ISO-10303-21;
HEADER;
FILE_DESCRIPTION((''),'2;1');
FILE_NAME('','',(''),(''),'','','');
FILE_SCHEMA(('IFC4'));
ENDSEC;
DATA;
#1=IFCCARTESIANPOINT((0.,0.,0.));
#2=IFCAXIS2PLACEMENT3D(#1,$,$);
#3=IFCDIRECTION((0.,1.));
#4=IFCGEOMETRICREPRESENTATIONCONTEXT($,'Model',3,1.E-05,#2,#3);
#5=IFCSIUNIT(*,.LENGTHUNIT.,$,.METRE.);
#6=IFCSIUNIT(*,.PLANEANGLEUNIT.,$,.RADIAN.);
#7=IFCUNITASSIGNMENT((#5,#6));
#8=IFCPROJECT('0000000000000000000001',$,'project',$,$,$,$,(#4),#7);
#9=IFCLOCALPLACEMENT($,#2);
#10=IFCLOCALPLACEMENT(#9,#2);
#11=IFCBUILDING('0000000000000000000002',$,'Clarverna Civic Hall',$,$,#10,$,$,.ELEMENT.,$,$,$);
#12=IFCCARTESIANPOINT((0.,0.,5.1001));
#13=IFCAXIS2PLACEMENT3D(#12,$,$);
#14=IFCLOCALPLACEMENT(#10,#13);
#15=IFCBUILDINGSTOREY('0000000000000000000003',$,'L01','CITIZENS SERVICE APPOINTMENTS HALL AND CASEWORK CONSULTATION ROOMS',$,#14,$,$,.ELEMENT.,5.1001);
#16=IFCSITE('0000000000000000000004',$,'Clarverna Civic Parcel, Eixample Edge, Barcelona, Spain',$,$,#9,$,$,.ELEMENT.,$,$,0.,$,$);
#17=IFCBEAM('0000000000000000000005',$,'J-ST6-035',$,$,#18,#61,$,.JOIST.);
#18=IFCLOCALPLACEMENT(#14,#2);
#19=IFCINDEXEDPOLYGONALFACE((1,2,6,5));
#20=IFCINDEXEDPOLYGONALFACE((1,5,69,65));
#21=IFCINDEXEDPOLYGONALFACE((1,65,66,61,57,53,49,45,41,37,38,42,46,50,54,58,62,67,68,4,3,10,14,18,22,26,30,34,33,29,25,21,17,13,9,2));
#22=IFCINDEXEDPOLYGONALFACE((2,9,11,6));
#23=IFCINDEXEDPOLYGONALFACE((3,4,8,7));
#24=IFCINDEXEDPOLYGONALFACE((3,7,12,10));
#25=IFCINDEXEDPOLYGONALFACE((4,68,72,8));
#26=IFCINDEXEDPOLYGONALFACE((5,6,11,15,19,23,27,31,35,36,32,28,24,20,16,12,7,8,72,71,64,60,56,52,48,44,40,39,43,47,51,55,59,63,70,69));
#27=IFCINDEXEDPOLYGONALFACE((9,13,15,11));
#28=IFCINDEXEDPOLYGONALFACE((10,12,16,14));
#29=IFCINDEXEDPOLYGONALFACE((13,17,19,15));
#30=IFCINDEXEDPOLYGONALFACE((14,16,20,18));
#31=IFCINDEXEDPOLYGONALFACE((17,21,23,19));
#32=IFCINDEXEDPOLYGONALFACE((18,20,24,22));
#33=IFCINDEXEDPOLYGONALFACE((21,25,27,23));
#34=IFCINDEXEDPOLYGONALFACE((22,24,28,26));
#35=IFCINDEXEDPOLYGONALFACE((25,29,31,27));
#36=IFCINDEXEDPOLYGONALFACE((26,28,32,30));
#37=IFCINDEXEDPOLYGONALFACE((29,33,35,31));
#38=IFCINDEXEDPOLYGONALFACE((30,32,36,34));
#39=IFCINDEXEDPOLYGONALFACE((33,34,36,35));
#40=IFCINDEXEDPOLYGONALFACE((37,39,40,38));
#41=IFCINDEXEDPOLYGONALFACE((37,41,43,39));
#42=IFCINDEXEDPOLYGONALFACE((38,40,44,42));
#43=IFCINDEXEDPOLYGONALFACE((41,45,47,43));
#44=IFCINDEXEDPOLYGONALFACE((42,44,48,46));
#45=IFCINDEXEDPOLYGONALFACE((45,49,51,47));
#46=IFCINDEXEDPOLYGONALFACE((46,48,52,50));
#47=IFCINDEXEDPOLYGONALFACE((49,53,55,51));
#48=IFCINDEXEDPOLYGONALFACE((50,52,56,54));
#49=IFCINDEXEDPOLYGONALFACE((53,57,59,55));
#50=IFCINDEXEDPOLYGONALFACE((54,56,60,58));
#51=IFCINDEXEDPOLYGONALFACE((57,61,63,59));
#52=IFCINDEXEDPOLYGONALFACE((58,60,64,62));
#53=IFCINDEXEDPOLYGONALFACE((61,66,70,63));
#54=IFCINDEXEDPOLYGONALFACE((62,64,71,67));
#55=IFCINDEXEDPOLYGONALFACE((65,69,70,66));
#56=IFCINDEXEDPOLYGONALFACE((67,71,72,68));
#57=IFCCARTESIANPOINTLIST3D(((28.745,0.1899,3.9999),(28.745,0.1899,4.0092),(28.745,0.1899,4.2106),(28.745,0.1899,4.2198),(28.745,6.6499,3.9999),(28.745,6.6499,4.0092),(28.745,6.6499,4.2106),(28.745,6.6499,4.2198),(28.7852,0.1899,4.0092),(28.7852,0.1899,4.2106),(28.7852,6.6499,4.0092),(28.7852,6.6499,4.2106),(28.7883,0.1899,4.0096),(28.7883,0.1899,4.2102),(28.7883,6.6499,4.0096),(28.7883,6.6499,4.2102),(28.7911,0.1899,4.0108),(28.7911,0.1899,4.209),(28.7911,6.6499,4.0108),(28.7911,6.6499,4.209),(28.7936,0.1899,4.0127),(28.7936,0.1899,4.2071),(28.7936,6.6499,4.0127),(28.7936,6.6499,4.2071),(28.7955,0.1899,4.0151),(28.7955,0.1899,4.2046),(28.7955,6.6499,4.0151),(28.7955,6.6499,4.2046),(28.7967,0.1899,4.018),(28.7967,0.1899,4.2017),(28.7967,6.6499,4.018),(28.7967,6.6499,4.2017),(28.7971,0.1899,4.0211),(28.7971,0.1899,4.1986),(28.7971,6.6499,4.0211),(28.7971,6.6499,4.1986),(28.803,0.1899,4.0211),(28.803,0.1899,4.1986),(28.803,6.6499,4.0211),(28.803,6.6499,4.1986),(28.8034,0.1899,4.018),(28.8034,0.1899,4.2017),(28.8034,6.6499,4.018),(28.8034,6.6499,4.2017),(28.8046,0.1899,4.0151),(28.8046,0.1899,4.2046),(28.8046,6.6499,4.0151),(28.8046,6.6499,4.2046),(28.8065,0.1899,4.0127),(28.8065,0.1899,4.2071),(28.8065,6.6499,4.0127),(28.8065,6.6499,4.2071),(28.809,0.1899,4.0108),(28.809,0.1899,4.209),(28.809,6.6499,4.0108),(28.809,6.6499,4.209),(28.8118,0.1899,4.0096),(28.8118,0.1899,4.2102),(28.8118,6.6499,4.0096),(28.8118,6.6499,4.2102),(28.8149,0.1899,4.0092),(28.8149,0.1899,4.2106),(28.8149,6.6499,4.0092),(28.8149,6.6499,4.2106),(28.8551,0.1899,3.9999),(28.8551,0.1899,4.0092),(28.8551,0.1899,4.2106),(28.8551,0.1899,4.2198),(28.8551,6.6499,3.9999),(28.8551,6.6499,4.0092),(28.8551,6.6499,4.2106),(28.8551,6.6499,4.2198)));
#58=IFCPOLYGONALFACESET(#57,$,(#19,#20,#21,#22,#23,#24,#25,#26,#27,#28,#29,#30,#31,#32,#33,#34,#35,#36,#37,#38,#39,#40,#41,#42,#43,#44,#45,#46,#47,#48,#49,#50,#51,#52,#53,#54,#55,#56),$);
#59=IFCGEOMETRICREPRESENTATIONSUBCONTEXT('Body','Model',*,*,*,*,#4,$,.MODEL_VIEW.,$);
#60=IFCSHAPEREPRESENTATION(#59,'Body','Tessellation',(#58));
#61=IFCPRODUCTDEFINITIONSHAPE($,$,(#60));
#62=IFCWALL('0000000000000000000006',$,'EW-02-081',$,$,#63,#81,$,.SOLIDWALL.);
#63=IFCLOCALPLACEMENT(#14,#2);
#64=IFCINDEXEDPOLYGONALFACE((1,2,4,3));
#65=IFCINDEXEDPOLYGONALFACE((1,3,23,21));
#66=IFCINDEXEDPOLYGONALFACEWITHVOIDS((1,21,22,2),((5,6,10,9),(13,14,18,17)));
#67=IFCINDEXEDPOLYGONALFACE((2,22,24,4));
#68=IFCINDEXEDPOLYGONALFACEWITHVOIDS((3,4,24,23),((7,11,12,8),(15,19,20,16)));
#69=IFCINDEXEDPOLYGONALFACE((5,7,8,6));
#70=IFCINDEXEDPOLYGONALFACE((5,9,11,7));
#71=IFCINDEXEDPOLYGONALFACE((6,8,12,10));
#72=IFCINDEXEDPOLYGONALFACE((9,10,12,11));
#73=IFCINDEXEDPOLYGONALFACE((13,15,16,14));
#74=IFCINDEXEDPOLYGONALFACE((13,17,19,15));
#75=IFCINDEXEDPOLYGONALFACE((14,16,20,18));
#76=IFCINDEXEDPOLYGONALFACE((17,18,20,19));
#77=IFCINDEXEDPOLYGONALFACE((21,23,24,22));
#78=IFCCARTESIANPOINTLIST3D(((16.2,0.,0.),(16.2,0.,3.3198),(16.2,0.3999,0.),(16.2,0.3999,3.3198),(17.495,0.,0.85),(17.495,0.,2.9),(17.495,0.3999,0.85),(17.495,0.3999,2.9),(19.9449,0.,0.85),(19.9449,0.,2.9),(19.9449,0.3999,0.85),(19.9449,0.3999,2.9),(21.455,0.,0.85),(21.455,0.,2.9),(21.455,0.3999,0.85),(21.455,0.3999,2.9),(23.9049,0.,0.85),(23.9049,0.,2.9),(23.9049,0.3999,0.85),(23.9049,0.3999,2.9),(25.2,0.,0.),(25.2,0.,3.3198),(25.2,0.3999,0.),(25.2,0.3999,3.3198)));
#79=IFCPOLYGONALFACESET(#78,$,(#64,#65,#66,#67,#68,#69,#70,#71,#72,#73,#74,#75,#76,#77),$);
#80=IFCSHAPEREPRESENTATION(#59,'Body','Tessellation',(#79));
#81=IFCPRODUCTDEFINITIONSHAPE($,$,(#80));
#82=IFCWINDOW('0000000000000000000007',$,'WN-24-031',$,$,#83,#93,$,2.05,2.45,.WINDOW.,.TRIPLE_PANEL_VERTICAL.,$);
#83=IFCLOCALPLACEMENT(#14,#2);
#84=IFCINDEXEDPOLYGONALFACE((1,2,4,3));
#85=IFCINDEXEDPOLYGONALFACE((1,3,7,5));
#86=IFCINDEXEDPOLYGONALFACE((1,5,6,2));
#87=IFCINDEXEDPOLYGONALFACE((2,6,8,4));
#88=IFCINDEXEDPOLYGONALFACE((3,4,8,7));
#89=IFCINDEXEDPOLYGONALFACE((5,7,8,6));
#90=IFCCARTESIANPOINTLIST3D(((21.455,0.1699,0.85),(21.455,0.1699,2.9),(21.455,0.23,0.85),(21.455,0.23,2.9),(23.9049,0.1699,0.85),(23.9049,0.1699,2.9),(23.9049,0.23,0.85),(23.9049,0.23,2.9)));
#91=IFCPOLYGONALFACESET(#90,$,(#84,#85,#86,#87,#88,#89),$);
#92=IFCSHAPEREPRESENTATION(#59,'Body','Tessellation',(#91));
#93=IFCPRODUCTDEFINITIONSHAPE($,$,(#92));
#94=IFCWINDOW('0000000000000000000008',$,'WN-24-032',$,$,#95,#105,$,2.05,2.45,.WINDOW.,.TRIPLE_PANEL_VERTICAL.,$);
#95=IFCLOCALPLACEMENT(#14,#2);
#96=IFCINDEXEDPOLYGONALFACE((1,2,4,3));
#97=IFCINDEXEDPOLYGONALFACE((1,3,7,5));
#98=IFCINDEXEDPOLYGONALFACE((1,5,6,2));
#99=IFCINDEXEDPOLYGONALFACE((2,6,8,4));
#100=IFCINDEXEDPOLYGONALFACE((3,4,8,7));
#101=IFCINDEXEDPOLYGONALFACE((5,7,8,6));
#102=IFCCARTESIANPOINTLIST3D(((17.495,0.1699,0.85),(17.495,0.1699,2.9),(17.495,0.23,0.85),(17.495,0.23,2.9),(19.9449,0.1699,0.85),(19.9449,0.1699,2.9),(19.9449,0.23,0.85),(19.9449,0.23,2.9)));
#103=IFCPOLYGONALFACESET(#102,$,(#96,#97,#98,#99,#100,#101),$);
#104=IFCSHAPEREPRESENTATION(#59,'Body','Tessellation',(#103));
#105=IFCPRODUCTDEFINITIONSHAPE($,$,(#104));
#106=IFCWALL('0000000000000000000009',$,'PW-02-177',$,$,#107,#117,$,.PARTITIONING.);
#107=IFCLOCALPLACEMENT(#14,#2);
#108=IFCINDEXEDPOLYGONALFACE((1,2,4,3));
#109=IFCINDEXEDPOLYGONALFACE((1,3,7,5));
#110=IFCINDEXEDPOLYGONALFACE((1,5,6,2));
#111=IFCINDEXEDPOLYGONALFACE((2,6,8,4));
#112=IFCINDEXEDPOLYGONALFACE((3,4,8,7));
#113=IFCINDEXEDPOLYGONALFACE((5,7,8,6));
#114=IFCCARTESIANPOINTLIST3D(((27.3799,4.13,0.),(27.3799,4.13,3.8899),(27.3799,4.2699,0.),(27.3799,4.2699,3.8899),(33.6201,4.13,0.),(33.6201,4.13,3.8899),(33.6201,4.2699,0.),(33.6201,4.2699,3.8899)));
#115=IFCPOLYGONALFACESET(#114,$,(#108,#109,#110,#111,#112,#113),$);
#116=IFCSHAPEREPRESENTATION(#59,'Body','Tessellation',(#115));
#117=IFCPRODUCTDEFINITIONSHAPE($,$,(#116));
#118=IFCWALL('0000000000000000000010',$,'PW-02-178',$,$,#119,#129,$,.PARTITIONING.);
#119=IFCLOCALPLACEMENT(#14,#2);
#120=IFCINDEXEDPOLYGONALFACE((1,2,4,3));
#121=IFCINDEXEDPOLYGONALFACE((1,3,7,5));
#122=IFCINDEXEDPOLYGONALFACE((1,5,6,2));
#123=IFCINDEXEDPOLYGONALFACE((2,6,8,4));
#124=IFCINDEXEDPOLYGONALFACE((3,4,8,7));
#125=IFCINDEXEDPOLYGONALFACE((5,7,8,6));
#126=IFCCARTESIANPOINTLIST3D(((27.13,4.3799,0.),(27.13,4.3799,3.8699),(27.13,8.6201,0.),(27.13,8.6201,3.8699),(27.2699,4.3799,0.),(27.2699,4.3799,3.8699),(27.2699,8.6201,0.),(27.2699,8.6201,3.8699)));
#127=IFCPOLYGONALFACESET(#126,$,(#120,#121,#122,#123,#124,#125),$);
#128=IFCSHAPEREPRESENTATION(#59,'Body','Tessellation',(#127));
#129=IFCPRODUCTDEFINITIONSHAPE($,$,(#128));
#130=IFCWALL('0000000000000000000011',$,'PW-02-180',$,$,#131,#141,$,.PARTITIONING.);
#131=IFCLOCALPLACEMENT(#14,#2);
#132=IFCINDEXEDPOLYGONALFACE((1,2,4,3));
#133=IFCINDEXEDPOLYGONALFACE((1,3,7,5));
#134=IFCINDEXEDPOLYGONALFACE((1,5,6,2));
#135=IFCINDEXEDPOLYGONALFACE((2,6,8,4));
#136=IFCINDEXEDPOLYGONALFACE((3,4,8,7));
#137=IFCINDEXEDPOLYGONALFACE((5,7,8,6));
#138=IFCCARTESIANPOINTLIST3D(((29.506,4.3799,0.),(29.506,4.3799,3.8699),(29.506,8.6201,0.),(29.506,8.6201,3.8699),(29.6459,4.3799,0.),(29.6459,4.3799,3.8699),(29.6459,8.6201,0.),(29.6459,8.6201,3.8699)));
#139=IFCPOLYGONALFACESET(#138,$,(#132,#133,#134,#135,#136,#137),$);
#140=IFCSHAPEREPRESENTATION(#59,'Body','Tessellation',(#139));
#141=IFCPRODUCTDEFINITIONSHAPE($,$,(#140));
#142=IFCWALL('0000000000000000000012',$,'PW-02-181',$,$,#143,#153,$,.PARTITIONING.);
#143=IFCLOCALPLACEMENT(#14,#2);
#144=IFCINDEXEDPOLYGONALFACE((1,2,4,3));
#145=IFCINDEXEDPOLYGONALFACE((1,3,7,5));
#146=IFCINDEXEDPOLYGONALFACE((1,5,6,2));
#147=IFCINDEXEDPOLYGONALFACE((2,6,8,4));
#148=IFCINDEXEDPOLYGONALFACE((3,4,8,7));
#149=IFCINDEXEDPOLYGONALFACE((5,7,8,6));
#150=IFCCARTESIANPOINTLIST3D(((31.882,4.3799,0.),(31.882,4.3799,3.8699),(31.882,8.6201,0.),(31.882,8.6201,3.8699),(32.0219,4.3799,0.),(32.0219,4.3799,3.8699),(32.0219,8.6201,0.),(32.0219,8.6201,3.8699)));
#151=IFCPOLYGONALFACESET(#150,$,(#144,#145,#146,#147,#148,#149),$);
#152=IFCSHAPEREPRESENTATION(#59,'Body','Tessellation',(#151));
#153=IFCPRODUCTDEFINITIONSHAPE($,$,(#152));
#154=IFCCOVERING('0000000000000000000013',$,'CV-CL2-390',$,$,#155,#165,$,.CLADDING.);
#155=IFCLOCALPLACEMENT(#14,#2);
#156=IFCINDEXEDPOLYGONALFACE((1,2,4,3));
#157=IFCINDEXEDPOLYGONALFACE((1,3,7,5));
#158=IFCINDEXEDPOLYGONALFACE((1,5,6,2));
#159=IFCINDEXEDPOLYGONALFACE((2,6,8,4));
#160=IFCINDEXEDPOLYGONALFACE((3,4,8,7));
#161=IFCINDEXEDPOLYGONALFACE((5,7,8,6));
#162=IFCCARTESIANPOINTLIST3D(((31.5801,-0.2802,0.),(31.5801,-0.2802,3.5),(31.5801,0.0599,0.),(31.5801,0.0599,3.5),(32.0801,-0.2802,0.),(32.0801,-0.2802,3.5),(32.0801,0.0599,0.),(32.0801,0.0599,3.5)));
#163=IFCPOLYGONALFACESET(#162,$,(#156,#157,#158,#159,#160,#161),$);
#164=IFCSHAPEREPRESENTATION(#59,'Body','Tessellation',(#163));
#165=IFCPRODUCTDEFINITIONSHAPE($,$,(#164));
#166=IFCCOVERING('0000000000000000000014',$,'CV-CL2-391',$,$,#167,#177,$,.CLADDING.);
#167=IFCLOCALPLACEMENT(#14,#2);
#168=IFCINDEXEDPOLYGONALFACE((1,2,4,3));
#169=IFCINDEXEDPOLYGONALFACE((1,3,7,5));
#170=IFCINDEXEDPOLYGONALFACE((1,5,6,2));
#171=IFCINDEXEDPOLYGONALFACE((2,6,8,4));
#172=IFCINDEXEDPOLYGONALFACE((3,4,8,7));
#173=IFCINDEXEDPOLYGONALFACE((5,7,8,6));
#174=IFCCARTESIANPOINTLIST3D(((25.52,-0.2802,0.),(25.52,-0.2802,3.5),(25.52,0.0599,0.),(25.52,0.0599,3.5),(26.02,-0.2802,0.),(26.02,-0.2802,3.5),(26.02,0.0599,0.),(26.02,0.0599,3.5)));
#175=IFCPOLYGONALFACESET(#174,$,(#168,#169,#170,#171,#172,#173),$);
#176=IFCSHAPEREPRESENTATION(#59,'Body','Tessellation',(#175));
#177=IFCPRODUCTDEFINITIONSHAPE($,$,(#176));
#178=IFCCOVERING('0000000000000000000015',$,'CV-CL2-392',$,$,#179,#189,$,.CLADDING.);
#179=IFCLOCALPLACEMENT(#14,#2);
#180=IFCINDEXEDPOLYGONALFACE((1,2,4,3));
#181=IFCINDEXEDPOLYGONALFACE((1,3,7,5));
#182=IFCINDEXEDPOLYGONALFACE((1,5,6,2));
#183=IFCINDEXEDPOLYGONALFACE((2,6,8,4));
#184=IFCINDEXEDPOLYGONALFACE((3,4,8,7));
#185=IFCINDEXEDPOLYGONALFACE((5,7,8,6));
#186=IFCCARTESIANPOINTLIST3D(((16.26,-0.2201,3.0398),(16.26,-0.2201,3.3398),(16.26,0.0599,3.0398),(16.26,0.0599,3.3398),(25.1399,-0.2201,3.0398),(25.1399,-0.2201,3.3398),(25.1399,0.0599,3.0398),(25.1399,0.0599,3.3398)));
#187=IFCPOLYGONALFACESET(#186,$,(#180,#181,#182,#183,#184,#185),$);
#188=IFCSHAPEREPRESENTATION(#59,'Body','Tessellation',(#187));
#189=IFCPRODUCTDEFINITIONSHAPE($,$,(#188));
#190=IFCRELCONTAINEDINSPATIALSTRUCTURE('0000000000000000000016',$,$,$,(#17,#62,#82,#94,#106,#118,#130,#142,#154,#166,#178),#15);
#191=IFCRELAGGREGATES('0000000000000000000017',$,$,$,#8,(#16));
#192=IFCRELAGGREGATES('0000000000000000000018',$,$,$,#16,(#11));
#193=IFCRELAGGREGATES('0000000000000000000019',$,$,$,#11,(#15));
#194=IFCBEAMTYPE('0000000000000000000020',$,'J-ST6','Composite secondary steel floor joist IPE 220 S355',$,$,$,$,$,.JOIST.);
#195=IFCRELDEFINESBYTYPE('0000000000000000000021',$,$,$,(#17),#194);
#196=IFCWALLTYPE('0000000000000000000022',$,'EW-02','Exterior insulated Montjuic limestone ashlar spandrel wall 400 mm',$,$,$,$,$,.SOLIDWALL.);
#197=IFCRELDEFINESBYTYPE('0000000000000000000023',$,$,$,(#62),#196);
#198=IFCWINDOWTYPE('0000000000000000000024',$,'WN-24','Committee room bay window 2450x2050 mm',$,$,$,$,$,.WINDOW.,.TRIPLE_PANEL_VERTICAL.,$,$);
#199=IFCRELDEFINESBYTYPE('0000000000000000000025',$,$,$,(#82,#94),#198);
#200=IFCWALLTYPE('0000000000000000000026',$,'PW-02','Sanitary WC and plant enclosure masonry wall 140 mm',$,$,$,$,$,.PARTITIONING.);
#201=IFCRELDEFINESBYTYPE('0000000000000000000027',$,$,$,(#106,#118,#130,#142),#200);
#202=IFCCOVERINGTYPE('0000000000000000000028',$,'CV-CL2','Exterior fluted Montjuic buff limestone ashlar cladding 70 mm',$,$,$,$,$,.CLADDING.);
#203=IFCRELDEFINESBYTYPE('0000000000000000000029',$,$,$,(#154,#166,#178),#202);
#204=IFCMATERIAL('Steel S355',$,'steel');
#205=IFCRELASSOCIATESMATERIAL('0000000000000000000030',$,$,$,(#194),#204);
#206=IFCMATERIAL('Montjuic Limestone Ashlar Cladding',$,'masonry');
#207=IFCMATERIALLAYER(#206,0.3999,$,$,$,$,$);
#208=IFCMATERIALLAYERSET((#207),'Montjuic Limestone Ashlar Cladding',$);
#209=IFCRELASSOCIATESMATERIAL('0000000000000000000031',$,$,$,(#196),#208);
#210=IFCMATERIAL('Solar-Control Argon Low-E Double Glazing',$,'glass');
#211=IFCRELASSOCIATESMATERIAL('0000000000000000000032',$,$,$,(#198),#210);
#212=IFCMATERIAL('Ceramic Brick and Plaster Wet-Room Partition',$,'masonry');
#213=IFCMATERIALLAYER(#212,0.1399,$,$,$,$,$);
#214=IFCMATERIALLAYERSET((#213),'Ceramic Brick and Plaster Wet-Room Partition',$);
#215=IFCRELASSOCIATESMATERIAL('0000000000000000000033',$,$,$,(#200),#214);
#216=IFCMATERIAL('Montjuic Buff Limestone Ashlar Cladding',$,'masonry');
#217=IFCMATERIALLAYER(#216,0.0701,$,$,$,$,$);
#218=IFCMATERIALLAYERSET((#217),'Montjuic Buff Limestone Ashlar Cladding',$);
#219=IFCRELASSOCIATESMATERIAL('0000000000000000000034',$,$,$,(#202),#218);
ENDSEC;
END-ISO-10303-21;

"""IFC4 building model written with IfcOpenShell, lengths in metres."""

from ifc_helpers import new_model, si_unit, direction, frame, frame_2d, origin, origin_2d, place, context, subcontext, project, spatial, rectangle, i_section, extrude, material, layer, layer_set, material_profile, profile_set, type_object, element, fill, save


model = new_model("IFC4")

# Units and contexts
model_context = context("Model", 3, precision=1e-05, world=origin(), true_north=direction((0.0, 1.0)))
body_context = subcontext(model_context, "Body", "Model", "MODEL_VIEW")
ifc_project = project(units=[si_unit("LENGTHUNIT", "METRE"), si_unit("PLANEANGLEUNIT", "RADIAN")], contexts=[model_context])

# Site, building, storey
site_placement = place(None, origin())
site = spatial("IfcSite", under=ifc_project, at=site_placement, Name="Clarverna Civic Parcel, Eixample Edge, Barcelona, Spain", CompositionType="ELEMENT", RefElevation=0.0)
building_placement = place(site_placement, origin())
building = spatial("IfcBuilding", under=site, at=building_placement, Name="Clarverna Civic Hall", CompositionType="ELEMENT")
storey_placement = place(building_placement, frame((0.0, 0.0, 5.1001)))
storey = spatial("IfcBuildingStorey", under=building, at=storey_placement, Name="L01", Description="CITIZENS SERVICE APPOINTMENTS HALL AND CASEWORK CONSULTATION ROOMS", CompositionType="ELEMENT", Elevation=5.1001)

# Beam
ifc_material_1 = material(Name="Steel S355", Category="steel")
ifc_material_profile_1 = material_profile(ifc_material_1, i_section(OverallWidth=0.1101, OverallDepth=0.22, WebThickness=0.0059, FlangeThickness=0.0093, FilletRadius=0.012, at=origin_2d()), Name="IPE 220")
ifc_profile_set_1 = profile_set([ifc_material_profile_1], Name="Steel S355")
beam_type_1 = type_object("IfcBeamType", Name="J-ST6", Description="Composite secondary steel floor joist IPE 220 S355", PredefinedType="JOIST", material=ifc_profile_set_1)
beam_1_placement = place(storey_placement, frame((28.8, 0.1899, 4.1099), z_axis=(0.0, 1.0, 0.0), x_axis=(-1.0, 0.0, 0.0)))
element("IfcBeam", 1, at=beam_1_placement, inside=storey, type_object=beam_type_1, Name="J-ST6-035", PredefinedType="JOIST", context=body_context, shape_type="SweptSolid", body=[
    extrude(i_section(OverallWidth=0.1101, OverallDepth=0.22, WebThickness=0.0059, FlangeThickness=0.0093, FilletRadius=0.012, at=origin_2d()), origin(), (0.0, 0.0, 1.0), 6.46),
])

# Wall, openings, windows
ifc_material_2 = material(Name="Montjuic Limestone Ashlar Cladding", Category="masonry")
ifc_layer_1 = layer(ifc_material_2, 0.3999)
ifc_layer_set_1 = layer_set([ifc_layer_1], Name="Montjuic Limestone Ashlar Cladding")
wall_type_1 = type_object("IfcWallType", Name="EW-02", Description="Exterior insulated Montjuic limestone ashlar spandrel wall 400 mm", PredefinedType="SOLIDWALL", material=ifc_layer_set_1)
wall_1_placement = place(storey_placement, frame((25.2, 0.2, 0.0), z_axis=(0.0, 0.0, 1.0), x_axis=(-1.0, 0.0, 0.0)))
wall_1 = element("IfcWall", 2, at=wall_1_placement, inside=storey, type_object=wall_type_1, Name="EW-02-081", PredefinedType="SOLIDWALL", context=body_context, shape_type="SweptSolid", body=[
    extrude(rectangle(XDim=9.0, YDim=0.3999, at=frame_2d((4.5, 0.0))), origin(), (0.0, 0.0, 1.0), 3.3198),
])
opening_1_placement = place(wall_1_placement, frame((1.2949, 0.0, 0.8501)))
opening_1 = element("IfcOpeningElement", 3, at=opening_1_placement, cuts=wall_1, PredefinedType="OPENING", context=body_context, shape_type="SweptSolid", body=[
    extrude(rectangle(XDim=2.45, YDim=2.05, at=frame_2d((1.2251, 1.0249))), frame((0.0, 0.21, 0.0), z_axis=(0.0, -1.0, 0.0), x_axis=(1.0, 0.0, 0.0)), (0.0, 0.0, 1.0), 0.4199),
])
opening_2_placement = place(wall_1_placement, frame((5.2549, 0.0, 0.8501)))
opening_2 = element("IfcOpeningElement", 4, at=opening_2_placement, cuts=wall_1, PredefinedType="OPENING", context=body_context, shape_type="SweptSolid", body=[
    extrude(rectangle(XDim=2.45, YDim=2.05, at=frame_2d((1.2251, 1.0249))), frame((0.0, 0.21, 0.0), z_axis=(0.0, -1.0, 0.0), x_axis=(1.0, 0.0, 0.0)), (0.0, 0.0, 1.0), 0.4199),
])
ifc_material_3 = material(Name="Solar-Control Argon Low-E Double Glazing", Category="glass")
window_type = type_object("IfcWindowType", Name="WN-24", Description="Committee room bay window 2450x2050 mm", PartitioningType="TRIPLE_PANEL_VERTICAL", PredefinedType="WINDOW", material=ifc_material_3)
window_1_placement = place(opening_1_placement, origin())
window_1 = element("IfcWindow", 5, at=window_1_placement, inside=storey, type_object=window_type, Name="WN-24-031", OverallHeight=2.05, OverallWidth=2.45, PartitioningType="TRIPLE_PANEL_VERTICAL", PredefinedType="WINDOW", context=body_context, shape_type="SweptSolid", body=[
    extrude(rectangle(XDim=2.45, YDim=2.05, at=frame_2d((1.2251, 1.0249))), frame((0.0, 0.03, 0.0), z_axis=(0.0, -1.0, 0.0), x_axis=(1.0, 0.0, 0.0)), (0.0, 0.0, 1.0), 0.0601),
])
fill(opening_1, window_1)
window_2_placement = place(opening_2_placement, origin())
window_2 = element("IfcWindow", 6, at=window_2_placement, inside=storey, type_object=window_type, Name="WN-24-032", OverallHeight=2.05, OverallWidth=2.45, PartitioningType="TRIPLE_PANEL_VERTICAL", PredefinedType="WINDOW", context=body_context, shape_type="SweptSolid", body=[
    extrude(rectangle(XDim=2.45, YDim=2.05, at=frame_2d((1.2251, 1.0249))), frame((0.0, 0.03, 0.0), z_axis=(0.0, -1.0, 0.0), x_axis=(1.0, 0.0, 0.0)), (0.0, 0.0, 1.0), 0.0601),
])
fill(opening_2, window_2)

# Walls
ifc_material_4 = material(Name="Ceramic Brick and Plaster Wet-Room Partition", Category="masonry")
ifc_layer_2 = layer(ifc_material_4, 0.1399)
ifc_layer_set_2 = layer_set([ifc_layer_2], Name="Ceramic Brick and Plaster Wet-Room Partition")
wall_type_2 = type_object("IfcWallType", Name="PW-02", Description="Sanitary WC and plant enclosure masonry wall 140 mm", PredefinedType="PARTITIONING", material=ifc_layer_set_2)
wall_2_placement = place(storey_placement, frame((27.3799, 4.2, 0.0), z_axis=(0.0, 0.0, 1.0), x_axis=(1.0, 0.0, 0.0)))
element("IfcWall", 7, at=wall_2_placement, inside=storey, type_object=wall_type_2, Name="PW-02-177", PredefinedType="PARTITIONING", context=body_context, shape_type="SweptSolid", body=[
    extrude(rectangle(XDim=6.2402, YDim=0.1399, at=frame_2d((3.1201, 0.0))), origin(), (0.0, 0.0, 1.0), 3.8899),
])
for number, where, z_axis, x_axis, name in (
    (8, (27.2, 4.3799, 0.0), (0.0, 0.0, 1.0), (0.0, 1.0, 0.0), "PW-02-178"),
    (9, (29.5759, 4.3799, 0.0), (0.0, 0.0, 1.0), (0.0, 1.0, 0.0), "PW-02-180"),
    (10, (31.9519, 4.3799, 0.0), (0.0, 0.0, 1.0), (0.0, 1.0, 0.0), "PW-02-181"),
):
    element("IfcWall", number, at=place(storey_placement, frame(where, z_axis=z_axis, x_axis=x_axis)), inside=storey, type_object=wall_type_2, Name=name, PredefinedType="PARTITIONING", context=body_context, shape_type="SweptSolid", body=[
        extrude(rectangle(XDim=4.2402, YDim=0.1399, at=frame_2d((2.1201, 0.0))), origin(), (0.0, 0.0, 1.0), 3.8699),
    ])

# Coverings
ifc_material_5 = material(Name="Montjuic Buff Limestone Ashlar Cladding", Category="masonry")
ifc_layer_3 = layer(ifc_material_5, 0.0701)
ifc_layer_set_3 = layer_set([ifc_layer_3], Name="Montjuic Buff Limestone Ashlar Cladding")
covering_type = type_object("IfcCoveringType", Name="CV-CL2", Description="Exterior fluted Montjuic buff limestone ashlar cladding 70 mm", PredefinedType="CLADDING", material=ifc_layer_set_3)
for number, where, z_axis, x_axis, name in (
    (11, (32.0801, -0.1101, 0.0), (0.0, 0.0, 1.0), (-1.0, 0.0, 0.0), "CV-CL2-390"),
    (12, (26.02, -0.1101, 0.0), (0.0, 0.0, 1.0), (-1.0, 0.0, 0.0), "CV-CL2-391"),
):
    element("IfcCovering", number, at=place(storey_placement, frame(where, z_axis=z_axis, x_axis=x_axis)), inside=storey, type_object=covering_type, Name=name, PredefinedType="CLADDING", context=body_context, shape_type="SweptSolid", body=[
        extrude(rectangle(XDim=0.5, YDim=0.3401, at=frame_2d((0.25, 0.0))), origin(), (0.0, 0.0, 1.0), 3.5),
    ])
covering_1_placement = place(storey_placement, frame((25.1399, -0.0801, 3.0398), z_axis=(0.0, 0.0, 1.0), x_axis=(-1.0, 0.0, 0.0)))
element("IfcCovering", 13, at=covering_1_placement, inside=storey, type_object=covering_type, Name="CV-CL2-392", PredefinedType="CLADDING", context=body_context, shape_type="SweptSolid", body=[
    extrude(rectangle(XDim=8.8799, YDim=0.28, at=frame_2d((4.4399, 0.0))), origin(), (0.0, 0.0, 1.0), 0.3),
])

save(model, "model.ifc")
